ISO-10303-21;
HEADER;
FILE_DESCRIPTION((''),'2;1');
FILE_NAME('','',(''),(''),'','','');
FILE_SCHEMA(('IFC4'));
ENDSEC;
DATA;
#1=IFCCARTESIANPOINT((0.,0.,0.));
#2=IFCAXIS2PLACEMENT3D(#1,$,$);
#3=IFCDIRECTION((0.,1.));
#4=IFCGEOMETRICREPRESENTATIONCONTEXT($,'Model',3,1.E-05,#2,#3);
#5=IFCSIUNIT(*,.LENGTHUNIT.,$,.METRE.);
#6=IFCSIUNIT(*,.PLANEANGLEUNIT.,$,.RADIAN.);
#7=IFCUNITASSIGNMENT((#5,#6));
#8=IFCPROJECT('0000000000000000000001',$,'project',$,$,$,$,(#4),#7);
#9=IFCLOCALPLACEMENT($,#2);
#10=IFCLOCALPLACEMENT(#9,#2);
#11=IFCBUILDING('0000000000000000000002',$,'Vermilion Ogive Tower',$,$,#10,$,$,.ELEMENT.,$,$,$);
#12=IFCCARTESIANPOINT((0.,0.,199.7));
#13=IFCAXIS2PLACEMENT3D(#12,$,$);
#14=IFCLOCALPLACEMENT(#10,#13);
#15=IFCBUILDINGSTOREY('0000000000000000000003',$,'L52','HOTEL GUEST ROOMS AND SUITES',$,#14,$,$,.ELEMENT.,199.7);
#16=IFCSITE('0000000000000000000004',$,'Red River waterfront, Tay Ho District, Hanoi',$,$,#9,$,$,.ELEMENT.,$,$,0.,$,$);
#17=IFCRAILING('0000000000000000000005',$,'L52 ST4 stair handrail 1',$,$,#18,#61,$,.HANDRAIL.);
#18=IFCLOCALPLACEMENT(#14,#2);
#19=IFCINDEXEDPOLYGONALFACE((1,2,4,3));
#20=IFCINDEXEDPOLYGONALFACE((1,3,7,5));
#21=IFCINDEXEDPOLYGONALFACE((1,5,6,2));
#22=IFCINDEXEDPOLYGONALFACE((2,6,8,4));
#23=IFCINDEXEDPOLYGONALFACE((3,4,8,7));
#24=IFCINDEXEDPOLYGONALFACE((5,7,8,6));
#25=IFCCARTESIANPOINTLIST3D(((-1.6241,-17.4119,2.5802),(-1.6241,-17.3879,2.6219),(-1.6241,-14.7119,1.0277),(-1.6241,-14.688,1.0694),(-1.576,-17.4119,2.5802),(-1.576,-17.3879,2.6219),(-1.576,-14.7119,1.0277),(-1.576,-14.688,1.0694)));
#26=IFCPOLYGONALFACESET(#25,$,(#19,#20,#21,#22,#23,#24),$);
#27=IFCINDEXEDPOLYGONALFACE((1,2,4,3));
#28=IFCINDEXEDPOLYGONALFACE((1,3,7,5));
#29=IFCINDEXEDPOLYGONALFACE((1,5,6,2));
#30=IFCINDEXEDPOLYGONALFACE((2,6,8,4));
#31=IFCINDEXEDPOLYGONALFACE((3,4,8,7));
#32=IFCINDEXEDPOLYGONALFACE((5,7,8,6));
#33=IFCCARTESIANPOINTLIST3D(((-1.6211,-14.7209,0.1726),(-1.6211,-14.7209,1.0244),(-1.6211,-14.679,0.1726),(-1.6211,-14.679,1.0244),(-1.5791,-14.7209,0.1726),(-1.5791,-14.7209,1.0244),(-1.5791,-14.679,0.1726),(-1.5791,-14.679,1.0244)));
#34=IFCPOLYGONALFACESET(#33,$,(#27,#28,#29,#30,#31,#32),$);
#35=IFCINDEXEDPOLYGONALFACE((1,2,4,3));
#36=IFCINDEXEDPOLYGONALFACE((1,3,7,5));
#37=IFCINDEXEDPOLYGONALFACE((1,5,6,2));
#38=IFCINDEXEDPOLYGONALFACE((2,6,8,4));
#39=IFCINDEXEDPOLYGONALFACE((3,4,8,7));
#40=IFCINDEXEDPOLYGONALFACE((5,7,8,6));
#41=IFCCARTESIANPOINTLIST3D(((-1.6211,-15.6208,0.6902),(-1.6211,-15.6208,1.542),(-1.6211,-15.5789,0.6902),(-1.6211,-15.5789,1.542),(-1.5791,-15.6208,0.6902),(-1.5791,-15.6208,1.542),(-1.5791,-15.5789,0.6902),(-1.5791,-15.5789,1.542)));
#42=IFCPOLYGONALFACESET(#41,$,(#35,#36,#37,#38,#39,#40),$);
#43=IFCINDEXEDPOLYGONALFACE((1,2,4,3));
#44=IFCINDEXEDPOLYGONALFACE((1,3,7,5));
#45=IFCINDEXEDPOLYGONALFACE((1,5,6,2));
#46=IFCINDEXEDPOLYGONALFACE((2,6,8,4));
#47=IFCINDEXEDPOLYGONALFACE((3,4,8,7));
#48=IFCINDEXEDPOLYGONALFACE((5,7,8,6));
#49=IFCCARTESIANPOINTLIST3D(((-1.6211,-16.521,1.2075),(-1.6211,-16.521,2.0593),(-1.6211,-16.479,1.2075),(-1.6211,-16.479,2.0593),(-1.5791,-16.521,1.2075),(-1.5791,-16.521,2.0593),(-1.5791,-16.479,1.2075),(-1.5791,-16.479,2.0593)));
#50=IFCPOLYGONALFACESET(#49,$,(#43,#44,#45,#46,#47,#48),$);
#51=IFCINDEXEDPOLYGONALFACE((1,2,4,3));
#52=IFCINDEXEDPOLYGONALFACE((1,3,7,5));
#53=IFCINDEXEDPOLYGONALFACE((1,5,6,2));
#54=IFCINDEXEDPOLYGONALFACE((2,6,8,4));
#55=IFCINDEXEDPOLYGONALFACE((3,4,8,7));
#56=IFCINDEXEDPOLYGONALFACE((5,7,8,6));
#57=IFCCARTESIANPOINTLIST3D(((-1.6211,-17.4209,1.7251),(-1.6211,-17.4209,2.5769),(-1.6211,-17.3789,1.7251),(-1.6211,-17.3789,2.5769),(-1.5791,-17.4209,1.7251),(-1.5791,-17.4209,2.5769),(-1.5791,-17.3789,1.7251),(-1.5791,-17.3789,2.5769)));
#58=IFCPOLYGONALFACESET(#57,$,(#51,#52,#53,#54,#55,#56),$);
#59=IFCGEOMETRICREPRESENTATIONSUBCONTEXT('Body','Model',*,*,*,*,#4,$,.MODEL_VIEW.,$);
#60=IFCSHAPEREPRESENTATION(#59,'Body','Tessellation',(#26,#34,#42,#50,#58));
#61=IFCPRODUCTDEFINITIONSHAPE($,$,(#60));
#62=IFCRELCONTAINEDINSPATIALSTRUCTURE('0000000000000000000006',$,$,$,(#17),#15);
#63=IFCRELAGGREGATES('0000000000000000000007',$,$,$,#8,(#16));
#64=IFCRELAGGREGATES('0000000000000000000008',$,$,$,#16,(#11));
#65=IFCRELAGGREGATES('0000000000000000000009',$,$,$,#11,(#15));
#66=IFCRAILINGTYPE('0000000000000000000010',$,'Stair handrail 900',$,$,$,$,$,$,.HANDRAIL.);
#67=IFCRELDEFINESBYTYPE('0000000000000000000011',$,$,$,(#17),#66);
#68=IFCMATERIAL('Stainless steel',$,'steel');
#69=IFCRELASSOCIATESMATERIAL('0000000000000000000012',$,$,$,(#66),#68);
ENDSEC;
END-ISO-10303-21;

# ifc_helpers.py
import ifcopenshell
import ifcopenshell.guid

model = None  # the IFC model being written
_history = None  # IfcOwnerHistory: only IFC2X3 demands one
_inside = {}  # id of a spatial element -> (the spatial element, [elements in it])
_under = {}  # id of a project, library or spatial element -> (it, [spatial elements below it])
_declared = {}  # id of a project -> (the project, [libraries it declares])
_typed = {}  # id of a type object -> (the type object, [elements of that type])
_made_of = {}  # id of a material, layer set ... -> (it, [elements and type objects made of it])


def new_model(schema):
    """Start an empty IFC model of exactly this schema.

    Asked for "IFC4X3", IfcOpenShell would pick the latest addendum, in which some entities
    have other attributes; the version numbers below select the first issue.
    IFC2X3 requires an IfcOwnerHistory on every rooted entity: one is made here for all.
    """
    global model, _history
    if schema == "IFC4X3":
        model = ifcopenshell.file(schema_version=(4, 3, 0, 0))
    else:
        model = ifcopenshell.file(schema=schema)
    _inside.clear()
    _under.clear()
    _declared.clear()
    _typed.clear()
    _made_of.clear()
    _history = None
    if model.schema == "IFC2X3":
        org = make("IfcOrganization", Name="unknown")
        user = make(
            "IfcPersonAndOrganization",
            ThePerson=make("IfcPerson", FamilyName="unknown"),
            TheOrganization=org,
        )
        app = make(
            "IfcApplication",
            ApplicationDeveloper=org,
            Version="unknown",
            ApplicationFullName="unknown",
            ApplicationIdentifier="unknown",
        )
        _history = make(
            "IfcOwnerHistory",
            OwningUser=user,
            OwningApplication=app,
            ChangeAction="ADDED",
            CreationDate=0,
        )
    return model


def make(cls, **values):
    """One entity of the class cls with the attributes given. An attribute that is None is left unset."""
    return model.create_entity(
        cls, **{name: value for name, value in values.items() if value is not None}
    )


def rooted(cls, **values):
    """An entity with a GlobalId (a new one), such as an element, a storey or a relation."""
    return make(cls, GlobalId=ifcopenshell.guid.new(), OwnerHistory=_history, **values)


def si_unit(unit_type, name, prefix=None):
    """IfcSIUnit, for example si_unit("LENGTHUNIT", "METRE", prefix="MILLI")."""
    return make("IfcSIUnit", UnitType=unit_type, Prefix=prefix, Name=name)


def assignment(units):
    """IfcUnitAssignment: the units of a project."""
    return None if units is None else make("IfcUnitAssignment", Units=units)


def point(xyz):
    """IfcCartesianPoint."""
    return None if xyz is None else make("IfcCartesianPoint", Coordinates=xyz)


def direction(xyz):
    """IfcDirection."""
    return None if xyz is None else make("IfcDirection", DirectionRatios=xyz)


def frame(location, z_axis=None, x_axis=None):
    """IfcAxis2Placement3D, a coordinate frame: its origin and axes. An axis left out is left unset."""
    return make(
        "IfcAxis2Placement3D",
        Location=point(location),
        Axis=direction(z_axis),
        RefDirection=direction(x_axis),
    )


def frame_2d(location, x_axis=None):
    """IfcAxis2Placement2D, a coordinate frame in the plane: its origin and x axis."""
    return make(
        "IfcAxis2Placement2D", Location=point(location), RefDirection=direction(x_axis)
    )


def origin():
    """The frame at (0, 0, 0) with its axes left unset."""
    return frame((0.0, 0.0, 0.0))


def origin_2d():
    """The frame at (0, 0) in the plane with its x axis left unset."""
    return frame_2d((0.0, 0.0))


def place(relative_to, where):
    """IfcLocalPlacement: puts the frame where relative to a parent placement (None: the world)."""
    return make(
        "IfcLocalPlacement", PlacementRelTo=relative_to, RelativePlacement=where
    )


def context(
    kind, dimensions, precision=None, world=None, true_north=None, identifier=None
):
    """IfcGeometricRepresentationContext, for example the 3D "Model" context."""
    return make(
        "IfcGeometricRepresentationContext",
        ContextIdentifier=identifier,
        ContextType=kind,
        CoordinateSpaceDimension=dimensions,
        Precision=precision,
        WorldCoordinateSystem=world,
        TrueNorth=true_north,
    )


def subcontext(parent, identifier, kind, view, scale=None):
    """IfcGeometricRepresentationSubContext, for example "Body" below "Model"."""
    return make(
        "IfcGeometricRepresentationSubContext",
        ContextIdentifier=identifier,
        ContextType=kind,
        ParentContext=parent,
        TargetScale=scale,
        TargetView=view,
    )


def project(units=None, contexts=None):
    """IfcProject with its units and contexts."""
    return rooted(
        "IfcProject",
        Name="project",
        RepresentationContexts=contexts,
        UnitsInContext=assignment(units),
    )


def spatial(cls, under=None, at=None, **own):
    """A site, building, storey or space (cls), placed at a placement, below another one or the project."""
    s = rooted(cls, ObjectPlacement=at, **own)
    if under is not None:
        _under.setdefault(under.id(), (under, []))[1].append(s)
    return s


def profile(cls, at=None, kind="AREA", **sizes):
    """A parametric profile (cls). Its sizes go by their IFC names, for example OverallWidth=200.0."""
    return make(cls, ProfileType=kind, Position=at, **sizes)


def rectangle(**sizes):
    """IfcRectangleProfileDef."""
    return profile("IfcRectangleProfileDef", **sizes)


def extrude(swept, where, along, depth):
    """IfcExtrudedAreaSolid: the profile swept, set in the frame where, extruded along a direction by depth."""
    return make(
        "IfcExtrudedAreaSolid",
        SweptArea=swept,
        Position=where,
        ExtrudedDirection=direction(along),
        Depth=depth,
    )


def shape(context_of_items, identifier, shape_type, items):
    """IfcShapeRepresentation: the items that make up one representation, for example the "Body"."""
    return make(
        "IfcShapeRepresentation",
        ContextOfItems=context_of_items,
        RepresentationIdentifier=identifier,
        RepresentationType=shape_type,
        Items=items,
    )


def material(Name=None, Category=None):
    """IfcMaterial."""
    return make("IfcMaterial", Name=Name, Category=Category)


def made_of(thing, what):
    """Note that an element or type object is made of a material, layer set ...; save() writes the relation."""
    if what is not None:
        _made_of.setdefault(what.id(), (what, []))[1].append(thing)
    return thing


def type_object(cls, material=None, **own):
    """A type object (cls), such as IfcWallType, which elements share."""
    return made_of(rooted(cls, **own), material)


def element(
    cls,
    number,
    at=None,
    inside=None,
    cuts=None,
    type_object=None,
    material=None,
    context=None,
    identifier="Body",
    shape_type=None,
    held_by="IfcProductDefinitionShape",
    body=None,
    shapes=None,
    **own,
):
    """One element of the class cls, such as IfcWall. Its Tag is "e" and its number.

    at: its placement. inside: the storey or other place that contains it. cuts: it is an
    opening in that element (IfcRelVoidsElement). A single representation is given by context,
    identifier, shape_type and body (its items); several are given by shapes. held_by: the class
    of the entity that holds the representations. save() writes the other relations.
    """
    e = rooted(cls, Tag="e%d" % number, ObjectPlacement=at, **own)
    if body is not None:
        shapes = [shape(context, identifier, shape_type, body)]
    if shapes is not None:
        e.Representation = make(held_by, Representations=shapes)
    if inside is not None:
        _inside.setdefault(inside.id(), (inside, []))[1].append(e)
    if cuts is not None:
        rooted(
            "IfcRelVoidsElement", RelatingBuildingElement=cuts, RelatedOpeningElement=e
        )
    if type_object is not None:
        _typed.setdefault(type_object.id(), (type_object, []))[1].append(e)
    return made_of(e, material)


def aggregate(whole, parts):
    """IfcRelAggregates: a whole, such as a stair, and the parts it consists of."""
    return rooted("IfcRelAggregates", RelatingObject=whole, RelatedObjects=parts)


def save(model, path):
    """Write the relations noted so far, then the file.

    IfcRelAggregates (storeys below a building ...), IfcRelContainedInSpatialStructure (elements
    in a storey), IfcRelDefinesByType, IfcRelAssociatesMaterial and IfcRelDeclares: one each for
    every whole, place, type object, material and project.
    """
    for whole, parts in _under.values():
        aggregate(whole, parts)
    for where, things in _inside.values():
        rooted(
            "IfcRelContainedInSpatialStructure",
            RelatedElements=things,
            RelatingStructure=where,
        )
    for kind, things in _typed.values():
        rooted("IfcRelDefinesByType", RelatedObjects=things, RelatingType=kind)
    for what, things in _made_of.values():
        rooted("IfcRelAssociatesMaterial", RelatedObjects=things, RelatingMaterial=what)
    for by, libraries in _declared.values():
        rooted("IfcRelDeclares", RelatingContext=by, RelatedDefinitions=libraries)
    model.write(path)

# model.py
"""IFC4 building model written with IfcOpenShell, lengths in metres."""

from ifc_helpers import new_model, si_unit, direction, frame, origin, origin_2d, place, context, subcontext, project, spatial, rectangle, extrude, material, type_object, element, save


model = new_model("IFC4")

# Units and contexts
model_context = context("Model", 3, precision=1e-05, world=origin(), true_north=direction((0.0, 1.0)))
body_context = subcontext(model_context, "Body", "Model", "MODEL_VIEW")
ifc_project = project(units=[si_unit("LENGTHUNIT", "METRE"), si_unit("PLANEANGLEUNIT", "RADIAN")], contexts=[model_context])

# Site, building, storey
site_placement = place(None, origin())
site = spatial("IfcSite", under=ifc_project, at=site_placement, Name="Red River waterfront, Tay Ho District, Hanoi", CompositionType="ELEMENT", RefElevation=0.0)
building_placement = place(site_placement, origin())
building = spatial("IfcBuilding", under=site, at=building_placement, Name="Vermilion Ogive Tower", CompositionType="ELEMENT")
storey_placement = place(building_placement, frame((0.0, 0.0, 199.7)))
storey = spatial("IfcBuildingStorey", under=building, at=storey_placement, Name="L52", Description="HOTEL GUEST ROOMS AND SUITES", CompositionType="ELEMENT", Elevation=199.7)

# Railing
ifc_material_1 = material(Name="Stainless steel", Category="steel")
railing_type_1 = type_object("IfcRailingType", Name="Stair handrail 900", PredefinedType="HANDRAIL", material=ifc_material_1)
railing_1_placement = place(storey_placement, frame((-1.6001, -14.7, 0.1726)))
element("IfcRailing", 1, at=railing_1_placement, inside=storey, type_object=railing_type_1, Name="L52 ST4 stair handrail 1", PredefinedType="HANDRAIL", context=body_context, shape_type="SweptSolid", body=[
    extrude(rectangle(XDim=0.0481, YDim=0.0481, at=origin_2d()), frame((0.0, 0.0, 0.876), z_axis=(0.0, -0.866904, 0.498476), x_axis=(1.0, 0.0, 0.0)), (0.0, 0.0, 1.0), 3.1145),
    extrude(rectangle(XDim=0.042, YDim=0.042, at=origin_2d()), origin(), (0.0, 0.0, 1.0), 0.8518),
    extrude(rectangle(XDim=0.042, YDim=0.042, at=origin_2d()), frame((0.0, -0.8999, 0.5176)), (0.0, 0.0, 1.0), 0.8518),
    extrude(rectangle(XDim=0.042, YDim=0.042, at=origin_2d()), frame((0.0, -1.8, 1.0349)), (0.0, 0.0, 1.0), 0.8518),
    extrude(rectangle(XDim=0.042, YDim=0.042, at=origin_2d()), frame((0.0, -2.7, 1.5525)), (0.0, 0.0, 1.0), 0.8518),
])

save(model, "model.ifc")
